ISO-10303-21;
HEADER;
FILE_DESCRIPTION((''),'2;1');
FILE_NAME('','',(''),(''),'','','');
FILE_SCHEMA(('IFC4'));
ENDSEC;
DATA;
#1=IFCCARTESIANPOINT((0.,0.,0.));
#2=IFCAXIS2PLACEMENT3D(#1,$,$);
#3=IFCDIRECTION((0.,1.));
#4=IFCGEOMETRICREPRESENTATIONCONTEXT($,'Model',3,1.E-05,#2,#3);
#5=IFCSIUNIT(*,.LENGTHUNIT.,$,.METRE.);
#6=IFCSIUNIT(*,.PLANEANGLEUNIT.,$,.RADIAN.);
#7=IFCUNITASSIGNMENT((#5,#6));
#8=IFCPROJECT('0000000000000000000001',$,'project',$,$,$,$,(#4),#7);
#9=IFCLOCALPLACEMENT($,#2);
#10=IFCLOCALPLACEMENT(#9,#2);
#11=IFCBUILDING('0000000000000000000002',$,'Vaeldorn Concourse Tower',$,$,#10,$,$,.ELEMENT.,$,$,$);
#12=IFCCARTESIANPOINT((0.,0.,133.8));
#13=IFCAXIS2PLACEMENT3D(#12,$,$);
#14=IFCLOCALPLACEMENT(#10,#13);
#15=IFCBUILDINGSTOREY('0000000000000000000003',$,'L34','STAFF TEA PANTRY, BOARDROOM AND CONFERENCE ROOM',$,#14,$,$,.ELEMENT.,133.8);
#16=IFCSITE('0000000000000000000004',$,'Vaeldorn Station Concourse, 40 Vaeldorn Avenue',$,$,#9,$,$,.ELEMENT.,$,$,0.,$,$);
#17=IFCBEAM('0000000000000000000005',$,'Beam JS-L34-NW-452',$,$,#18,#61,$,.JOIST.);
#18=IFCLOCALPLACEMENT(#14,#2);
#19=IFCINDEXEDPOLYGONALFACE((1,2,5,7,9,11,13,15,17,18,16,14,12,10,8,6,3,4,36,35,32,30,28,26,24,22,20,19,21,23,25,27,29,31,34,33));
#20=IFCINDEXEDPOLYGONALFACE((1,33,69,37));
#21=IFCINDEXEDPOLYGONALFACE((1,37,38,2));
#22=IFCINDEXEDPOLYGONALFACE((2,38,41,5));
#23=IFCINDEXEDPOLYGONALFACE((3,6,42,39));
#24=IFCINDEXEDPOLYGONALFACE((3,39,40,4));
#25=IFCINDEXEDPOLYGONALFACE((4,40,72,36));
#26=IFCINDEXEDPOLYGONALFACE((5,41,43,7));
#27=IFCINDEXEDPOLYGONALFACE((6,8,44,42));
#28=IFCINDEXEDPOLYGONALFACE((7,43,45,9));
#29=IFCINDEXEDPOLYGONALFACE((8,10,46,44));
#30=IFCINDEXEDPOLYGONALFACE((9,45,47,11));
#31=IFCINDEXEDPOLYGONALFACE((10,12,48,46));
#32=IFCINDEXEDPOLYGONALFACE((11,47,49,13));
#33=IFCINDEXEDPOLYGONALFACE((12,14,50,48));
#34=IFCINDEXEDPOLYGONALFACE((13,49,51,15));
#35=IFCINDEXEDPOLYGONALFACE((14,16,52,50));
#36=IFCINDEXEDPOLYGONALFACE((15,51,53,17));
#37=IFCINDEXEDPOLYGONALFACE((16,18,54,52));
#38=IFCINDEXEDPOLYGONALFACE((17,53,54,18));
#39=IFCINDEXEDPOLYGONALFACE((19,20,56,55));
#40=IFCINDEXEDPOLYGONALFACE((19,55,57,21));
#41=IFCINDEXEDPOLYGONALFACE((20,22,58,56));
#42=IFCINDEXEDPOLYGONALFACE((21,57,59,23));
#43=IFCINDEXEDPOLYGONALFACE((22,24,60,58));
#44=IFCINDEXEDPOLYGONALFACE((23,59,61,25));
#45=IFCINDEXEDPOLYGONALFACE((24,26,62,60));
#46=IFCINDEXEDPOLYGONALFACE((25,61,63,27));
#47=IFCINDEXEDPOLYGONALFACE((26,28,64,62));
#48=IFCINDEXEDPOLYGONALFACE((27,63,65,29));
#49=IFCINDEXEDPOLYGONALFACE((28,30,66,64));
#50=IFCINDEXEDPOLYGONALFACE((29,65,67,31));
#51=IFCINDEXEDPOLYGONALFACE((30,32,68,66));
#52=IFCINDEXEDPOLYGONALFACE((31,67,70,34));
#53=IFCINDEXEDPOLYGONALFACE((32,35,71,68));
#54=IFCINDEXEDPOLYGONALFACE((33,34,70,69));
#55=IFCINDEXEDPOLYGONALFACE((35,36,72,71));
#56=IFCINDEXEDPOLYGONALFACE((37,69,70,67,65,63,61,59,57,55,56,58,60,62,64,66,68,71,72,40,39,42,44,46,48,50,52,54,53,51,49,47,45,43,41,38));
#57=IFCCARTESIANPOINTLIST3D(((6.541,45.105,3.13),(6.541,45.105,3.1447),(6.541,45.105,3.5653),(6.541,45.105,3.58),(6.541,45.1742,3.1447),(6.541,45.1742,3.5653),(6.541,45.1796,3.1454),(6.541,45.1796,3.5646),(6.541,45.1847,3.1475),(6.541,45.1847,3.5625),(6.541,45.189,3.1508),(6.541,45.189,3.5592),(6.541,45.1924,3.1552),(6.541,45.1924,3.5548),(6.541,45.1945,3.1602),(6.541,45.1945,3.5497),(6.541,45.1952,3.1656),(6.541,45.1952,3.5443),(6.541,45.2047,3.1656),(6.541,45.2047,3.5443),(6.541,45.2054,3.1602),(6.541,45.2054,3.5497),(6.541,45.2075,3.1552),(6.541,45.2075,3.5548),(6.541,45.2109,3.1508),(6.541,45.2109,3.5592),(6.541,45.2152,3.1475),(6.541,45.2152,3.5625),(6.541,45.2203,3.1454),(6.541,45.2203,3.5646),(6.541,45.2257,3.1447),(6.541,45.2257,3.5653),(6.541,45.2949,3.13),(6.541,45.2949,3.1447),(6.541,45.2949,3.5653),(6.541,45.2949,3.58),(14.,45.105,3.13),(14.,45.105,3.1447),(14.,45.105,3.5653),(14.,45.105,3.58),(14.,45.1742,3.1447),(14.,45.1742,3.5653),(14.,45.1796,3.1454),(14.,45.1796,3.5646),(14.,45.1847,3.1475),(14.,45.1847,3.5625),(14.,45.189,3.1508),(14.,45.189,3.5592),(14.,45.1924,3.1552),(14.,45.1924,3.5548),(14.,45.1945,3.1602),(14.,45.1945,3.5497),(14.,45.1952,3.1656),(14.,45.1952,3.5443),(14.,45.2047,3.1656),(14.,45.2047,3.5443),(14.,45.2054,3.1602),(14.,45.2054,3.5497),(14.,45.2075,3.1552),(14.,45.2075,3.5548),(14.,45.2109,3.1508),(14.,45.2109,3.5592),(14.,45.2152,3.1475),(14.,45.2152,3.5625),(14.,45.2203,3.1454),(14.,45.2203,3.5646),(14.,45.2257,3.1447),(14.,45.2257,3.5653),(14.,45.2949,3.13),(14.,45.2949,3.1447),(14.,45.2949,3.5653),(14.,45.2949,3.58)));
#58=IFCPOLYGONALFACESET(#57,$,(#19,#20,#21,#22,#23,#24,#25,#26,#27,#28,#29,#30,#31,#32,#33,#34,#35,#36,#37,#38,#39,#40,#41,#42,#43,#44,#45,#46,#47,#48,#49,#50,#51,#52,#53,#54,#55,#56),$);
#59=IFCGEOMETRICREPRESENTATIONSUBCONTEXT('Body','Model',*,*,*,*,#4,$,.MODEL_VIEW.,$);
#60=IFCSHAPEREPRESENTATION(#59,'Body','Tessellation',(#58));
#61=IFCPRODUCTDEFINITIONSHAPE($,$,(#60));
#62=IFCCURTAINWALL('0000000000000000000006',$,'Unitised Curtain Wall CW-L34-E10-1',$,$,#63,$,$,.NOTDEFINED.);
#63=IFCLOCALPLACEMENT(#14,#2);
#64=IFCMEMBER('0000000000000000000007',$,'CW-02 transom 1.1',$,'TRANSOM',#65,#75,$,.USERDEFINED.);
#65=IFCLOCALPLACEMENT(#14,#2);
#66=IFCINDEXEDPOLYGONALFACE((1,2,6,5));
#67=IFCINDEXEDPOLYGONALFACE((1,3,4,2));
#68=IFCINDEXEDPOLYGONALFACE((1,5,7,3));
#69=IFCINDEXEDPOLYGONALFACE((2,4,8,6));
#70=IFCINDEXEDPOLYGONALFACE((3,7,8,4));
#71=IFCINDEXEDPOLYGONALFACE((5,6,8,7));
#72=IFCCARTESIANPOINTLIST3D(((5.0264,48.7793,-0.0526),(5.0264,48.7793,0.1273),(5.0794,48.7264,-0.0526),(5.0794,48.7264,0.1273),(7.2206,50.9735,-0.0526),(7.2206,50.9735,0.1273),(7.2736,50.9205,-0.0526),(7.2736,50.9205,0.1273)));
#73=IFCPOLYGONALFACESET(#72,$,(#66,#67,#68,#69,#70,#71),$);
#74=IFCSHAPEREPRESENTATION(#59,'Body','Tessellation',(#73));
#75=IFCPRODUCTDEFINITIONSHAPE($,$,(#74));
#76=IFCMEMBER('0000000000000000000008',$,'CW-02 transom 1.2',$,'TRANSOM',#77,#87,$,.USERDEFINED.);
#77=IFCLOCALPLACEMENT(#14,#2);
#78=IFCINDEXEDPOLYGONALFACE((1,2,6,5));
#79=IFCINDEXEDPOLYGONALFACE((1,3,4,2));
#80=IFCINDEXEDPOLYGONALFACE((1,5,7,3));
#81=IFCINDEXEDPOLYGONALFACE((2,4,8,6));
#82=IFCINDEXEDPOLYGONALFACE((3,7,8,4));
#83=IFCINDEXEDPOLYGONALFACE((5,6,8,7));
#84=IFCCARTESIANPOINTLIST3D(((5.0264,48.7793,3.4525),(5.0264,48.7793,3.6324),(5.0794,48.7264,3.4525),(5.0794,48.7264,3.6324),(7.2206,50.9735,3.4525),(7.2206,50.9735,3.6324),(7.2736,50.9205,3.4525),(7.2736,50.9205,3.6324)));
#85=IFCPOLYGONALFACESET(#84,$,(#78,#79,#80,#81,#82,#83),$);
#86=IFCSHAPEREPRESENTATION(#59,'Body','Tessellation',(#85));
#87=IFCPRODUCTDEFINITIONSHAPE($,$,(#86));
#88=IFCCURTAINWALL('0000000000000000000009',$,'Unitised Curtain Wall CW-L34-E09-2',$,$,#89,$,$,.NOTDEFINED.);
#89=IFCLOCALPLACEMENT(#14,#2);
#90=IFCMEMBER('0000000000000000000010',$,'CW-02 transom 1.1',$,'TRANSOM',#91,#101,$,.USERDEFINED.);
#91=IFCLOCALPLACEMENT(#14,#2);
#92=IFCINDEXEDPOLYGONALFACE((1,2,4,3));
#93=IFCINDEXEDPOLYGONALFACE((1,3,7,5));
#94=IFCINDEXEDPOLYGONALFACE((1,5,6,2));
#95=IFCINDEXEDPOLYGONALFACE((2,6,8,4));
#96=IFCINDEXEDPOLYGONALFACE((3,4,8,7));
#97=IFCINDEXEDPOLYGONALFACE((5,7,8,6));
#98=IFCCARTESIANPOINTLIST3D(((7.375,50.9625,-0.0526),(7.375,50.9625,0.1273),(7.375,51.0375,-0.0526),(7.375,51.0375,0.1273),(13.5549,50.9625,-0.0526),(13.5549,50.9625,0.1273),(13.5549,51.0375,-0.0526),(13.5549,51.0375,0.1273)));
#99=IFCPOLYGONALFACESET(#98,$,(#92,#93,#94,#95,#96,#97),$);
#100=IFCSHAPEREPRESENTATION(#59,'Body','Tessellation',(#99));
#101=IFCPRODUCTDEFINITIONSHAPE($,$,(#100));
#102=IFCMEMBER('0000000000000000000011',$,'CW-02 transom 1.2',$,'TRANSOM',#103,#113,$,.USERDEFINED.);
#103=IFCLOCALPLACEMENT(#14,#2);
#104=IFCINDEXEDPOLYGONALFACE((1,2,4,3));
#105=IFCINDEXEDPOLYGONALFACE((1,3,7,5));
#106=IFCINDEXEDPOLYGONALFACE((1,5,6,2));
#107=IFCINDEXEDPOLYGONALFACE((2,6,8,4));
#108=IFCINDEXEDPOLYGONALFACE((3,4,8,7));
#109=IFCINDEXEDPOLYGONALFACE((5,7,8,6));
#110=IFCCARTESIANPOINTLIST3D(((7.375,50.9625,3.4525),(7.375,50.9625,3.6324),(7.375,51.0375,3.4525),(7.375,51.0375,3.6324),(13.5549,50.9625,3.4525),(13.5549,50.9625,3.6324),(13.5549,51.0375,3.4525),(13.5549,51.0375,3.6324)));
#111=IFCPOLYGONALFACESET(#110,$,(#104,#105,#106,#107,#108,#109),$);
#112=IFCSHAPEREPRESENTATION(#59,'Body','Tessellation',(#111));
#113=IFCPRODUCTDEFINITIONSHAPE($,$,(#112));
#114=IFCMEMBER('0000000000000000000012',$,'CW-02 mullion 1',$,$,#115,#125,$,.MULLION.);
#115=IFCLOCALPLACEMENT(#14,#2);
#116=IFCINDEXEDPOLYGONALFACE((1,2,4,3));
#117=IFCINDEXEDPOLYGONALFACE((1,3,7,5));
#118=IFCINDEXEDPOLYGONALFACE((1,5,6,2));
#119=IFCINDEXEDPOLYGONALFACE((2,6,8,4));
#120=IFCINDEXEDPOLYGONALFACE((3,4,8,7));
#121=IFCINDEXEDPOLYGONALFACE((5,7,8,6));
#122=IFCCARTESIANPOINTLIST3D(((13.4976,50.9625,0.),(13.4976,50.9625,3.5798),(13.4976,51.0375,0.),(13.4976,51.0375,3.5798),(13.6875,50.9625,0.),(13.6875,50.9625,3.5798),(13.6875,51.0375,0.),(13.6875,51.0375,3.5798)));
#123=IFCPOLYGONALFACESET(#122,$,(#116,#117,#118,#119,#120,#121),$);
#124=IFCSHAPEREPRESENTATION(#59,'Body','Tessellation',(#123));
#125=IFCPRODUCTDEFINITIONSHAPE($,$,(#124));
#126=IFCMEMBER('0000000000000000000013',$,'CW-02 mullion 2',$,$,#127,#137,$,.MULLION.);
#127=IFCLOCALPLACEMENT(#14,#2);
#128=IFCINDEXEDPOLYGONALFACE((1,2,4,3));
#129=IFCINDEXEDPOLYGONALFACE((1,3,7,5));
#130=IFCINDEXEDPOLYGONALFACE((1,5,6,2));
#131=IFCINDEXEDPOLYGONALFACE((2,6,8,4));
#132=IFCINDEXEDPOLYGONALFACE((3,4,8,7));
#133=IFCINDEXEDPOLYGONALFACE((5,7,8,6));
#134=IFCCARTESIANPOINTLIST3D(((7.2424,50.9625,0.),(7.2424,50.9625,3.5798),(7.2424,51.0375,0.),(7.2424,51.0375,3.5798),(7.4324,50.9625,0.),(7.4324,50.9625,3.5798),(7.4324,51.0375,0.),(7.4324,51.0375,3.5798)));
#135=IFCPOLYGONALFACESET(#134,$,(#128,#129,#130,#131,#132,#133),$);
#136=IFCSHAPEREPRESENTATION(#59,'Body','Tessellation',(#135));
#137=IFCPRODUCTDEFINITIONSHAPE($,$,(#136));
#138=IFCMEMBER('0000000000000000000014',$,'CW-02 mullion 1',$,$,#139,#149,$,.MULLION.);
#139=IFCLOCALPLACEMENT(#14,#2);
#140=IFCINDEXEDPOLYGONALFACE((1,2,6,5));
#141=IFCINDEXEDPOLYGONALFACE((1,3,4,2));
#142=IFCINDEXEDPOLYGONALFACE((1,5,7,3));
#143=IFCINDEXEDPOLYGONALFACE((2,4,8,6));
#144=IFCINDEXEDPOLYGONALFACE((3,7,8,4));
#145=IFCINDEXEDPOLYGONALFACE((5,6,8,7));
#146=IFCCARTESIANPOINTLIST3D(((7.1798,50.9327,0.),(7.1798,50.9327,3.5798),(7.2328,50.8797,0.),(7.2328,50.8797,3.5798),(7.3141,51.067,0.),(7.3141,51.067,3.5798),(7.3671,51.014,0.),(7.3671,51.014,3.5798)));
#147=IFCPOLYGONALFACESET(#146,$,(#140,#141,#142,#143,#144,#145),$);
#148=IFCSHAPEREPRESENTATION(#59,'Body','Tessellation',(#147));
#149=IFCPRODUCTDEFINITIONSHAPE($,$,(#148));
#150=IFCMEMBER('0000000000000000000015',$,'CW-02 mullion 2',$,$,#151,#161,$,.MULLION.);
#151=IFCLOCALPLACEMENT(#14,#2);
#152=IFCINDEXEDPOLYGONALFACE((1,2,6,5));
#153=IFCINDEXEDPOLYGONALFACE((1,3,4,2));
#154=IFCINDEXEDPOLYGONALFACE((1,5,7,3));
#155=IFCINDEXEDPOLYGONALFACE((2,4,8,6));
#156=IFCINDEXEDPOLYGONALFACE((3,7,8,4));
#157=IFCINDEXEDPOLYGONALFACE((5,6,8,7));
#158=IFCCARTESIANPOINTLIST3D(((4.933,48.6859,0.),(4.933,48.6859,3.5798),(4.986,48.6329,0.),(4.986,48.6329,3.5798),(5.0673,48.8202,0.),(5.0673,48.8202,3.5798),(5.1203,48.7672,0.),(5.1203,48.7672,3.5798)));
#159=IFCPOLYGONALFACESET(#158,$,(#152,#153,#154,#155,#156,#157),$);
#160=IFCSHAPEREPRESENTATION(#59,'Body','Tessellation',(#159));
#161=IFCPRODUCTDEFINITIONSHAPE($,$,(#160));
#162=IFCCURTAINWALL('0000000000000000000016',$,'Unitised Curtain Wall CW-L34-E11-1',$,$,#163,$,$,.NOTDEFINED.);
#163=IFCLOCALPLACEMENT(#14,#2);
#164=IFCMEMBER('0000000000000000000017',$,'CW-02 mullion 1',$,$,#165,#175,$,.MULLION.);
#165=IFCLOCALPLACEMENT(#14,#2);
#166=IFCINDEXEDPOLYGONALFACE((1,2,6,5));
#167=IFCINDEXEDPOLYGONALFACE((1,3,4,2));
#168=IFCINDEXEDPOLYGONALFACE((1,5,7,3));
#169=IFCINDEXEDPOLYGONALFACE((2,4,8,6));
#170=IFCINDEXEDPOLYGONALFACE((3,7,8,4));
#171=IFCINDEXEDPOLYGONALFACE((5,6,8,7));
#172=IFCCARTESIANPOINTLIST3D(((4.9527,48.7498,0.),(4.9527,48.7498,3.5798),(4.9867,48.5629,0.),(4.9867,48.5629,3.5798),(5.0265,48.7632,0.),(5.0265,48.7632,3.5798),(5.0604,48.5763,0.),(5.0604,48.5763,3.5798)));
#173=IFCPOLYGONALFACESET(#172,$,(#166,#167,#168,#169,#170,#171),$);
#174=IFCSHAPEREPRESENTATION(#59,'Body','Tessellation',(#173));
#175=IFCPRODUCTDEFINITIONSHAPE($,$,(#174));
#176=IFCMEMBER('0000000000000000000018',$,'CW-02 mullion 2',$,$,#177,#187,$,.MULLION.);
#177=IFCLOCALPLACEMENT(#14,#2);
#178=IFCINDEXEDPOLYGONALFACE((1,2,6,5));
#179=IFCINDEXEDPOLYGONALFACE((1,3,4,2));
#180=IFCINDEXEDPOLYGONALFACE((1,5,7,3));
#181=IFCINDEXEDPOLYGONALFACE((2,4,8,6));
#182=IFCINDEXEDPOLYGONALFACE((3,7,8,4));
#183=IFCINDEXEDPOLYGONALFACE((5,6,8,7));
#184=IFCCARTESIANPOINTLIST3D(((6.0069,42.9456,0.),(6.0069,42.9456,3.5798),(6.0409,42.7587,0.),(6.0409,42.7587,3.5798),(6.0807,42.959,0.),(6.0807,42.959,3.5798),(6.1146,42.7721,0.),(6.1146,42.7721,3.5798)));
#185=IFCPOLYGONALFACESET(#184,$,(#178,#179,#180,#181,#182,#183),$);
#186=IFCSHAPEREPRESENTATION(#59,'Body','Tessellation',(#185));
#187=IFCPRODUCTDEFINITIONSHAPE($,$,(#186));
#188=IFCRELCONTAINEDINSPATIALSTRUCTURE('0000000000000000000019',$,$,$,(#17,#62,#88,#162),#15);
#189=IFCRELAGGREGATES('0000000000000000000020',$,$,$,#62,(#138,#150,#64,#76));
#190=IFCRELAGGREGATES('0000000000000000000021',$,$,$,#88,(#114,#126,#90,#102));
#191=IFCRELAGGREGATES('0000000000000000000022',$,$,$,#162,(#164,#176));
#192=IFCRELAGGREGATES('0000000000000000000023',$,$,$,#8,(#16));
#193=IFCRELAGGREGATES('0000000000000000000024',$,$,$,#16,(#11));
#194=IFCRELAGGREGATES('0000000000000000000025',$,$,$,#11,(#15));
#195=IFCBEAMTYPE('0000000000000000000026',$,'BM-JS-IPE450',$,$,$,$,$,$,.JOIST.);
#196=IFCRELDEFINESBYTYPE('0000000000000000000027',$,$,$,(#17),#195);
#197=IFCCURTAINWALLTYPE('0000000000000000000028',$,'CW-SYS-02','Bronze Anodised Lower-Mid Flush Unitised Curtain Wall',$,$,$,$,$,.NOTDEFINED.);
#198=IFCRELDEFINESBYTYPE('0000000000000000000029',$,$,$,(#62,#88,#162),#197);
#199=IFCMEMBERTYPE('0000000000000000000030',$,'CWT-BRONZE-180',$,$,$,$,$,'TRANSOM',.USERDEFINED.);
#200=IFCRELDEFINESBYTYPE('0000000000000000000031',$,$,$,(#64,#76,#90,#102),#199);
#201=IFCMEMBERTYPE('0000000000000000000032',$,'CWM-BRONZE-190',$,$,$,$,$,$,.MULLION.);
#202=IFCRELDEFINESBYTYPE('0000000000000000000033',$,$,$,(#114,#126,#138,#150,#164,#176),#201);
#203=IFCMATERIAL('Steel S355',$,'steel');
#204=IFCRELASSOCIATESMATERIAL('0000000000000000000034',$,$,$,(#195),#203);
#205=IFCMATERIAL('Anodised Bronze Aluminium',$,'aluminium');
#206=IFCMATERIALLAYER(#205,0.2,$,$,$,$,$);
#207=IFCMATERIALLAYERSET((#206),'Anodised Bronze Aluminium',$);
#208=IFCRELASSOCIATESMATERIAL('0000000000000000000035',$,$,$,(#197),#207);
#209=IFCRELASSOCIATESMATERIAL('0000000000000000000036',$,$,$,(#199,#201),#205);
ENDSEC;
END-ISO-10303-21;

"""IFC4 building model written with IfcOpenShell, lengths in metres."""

from ifc_helpers import new_model, si_unit, direction, frame, origin, origin_2d, place, context, subcontext, project, spatial, rectangle, i_section, extrude, source, transform, mapped, material, layer, layer_set, material_profile, profile_set, type_object, element, aggregate, save


model = new_model("IFC4")

# Units and contexts
model_context = context("Model", 3, precision=1e-05, world=origin(), true_north=direction((0.0, 1.0)))
body_context = subcontext(model_context, "Body", "Model", "MODEL_VIEW")
ifc_project = project(units=[si_unit("LENGTHUNIT", "METRE"), si_unit("PLANEANGLEUNIT", "RADIAN")], contexts=[model_context])

# Site, building, storey
site_placement = place(None, origin())
site = spatial("IfcSite", under=ifc_project, at=site_placement, Name="Vaeldorn Station Concourse, 40 Vaeldorn Avenue", CompositionType="ELEMENT", RefElevation=0.0)
building_placement = place(site_placement, origin())
building = spatial("IfcBuilding", under=site, at=building_placement, Name="Vaeldorn Concourse Tower", CompositionType="ELEMENT")
storey_placement = place(building_placement, frame((0.0, 0.0, 133.8)))
storey = spatial("IfcBuildingStorey", under=building, at=storey_placement, Name="L34", Description="STAFF TEA PANTRY, BOARDROOM AND CONFERENCE ROOM", CompositionType="ELEMENT", Elevation=133.8)

# Beam
ifc_material_1 = material(Name="Steel S355", Category="steel")
ifc_material_profile_1 = material_profile(ifc_material_1, i_section(OverallWidth=0.1899, OverallDepth=0.45, WebThickness=0.0095, FlangeThickness=0.0146, FilletRadius=0.021, at=origin_2d()), Name="IPE 450")
ifc_profile_set_1 = profile_set([ifc_material_profile_1], Name="Steel S355")
beam_type_1 = type_object("IfcBeamType", Name="BM-JS-IPE450", PredefinedType="JOIST", material=ifc_profile_set_1)
shared_shape_1 = source(origin(), body_context, "Body", "SweptSolid", [
    extrude(i_section(OverallWidth=0.1899, OverallDepth=0.45, WebThickness=0.0095, FlangeThickness=0.0146, FilletRadius=0.021, at=origin_2d()), origin(), (0.0, 0.0, 1.0), 7.459),
])
beam_1_placement = place(storey_placement, frame((6.541, 45.2, 3.355), z_axis=(1.0, 0.0, 0.0), x_axis=(0.0, 1.0, 0.0)))
element("IfcBeam", 1, at=beam_1_placement, inside=storey, type_object=beam_type_1, Name="Beam JS-L34-NW-452", PredefinedType="JOIST", context=body_context, shape_type="MappedRepresentation", body=[
    mapped(shared_shape_1, transform((0.0, 0.0, 0.0), scale=1.0)),
])

# Curtain walls, members
ifc_material_2 = material(Name="Anodised Bronze Aluminium", Category="aluminium")
ifc_layer_1 = layer(ifc_material_2, 0.2)
ifc_layer_set_1 = layer_set([ifc_layer_1], Name="Anodised Bronze Aluminium")
curtain_wall_type = type_object("IfcCurtainWallType", Name="CW-SYS-02", Description="Bronze Anodised Lower-Mid Flush Unitised Curtain Wall", PredefinedType="NOTDEFINED", material=ifc_layer_set_1)
curtain_wall_1_placement = place(storey_placement, origin())
curtain_wall_1 = element("IfcCurtainWall", 2, at=curtain_wall_1_placement, inside=storey, type_object=curtain_wall_type, Name="Unitised Curtain Wall CW-L34-E10-1", PredefinedType="NOTDEFINED")
ifc_material_profile_2 = material_profile(ifc_material_2, rectangle(XDim=0.075, YDim=0.1799, at=origin_2d()), Name="CWT 75x180")
ifc_profile_set_2 = profile_set([ifc_material_profile_2], Name="Anodised Bronze Aluminium")
member_type_1 = type_object("IfcMemberType", Name="CWT-BRONZE-180", ElementType="TRANSOM", PredefinedType="USERDEFINED", material=ifc_profile_set_2)
shared_shape_2 = source(origin(), body_context, "Body", "SweptSolid", [
    extrude(rectangle(XDim=0.075, YDim=0.1799, at=origin_2d()), origin(), (0.0, 0.0, 1.0), 3.103),
])
member_1_placement = place(storey_placement, frame((7.2471, 50.947, 0.0374), z_axis=(-0.707107, -0.707107, 0.0), x_axis=(0.707107, -0.707107, 0.0)))
member_1 = element("IfcMember", 3, at=member_1_placement, type_object=member_type_1, Name="CW-02 transom 1.1", ObjectType="TRANSOM", PredefinedType="USERDEFINED", context=body_context, shape_type="MappedRepresentation", body=[
    mapped(shared_shape_2, transform((0.0, 0.0, 0.0), scale=1.0)),
])
member_2_placement = place(storey_placement, frame((7.2471, 50.947, 3.5425), z_axis=(-0.707107, -0.707107, 0.0), x_axis=(0.707107, -0.707107, 0.0)))
member_2 = element("IfcMember", 4, at=member_2_placement, type_object=member_type_1, Name="CW-02 transom 1.2", ObjectType="TRANSOM", PredefinedType="USERDEFINED", context=body_context, shape_type="MappedRepresentation", body=[
    mapped(shared_shape_2, transform((0.0, 0.0, 0.0), scale=1.0)),
])
curtain_wall_2_placement = place(storey_placement, origin())
curtain_wall_2 = element("IfcCurtainWall", 5, at=curtain_wall_2_placement, inside=storey, type_object=curtain_wall_type, Name="Unitised Curtain Wall CW-L34-E09-2", PredefinedType="NOTDEFINED")
shared_shape_3 = source(origin(), body_context, "Body", "SweptSolid", [
    extrude(rectangle(XDim=0.075, YDim=0.1799, at=origin_2d()), origin(), (0.0, 0.0, 1.0), 6.1799),
])
member_3_placement = place(storey_placement, frame((13.5549, 51.0, 0.0374), z_axis=(-1.0, 0.0, 0.0), x_axis=(0.0, -1.0, 0.0)))
member_3 = element("IfcMember", 6, at=member_3_placement, type_object=member_type_1, Name="CW-02 transom 1.1", ObjectType="TRANSOM", PredefinedType="USERDEFINED", context=body_context, shape_type="MappedRepresentation", body=[
    mapped(shared_shape_3, transform((0.0, 0.0, 0.0), scale=1.0)),
])
member_4_placement = place(storey_placement, frame((13.5549, 51.0, 3.5425), z_axis=(-1.0, 0.0, 0.0), x_axis=(0.0, -1.0, 0.0)))
member_4 = element("IfcMember", 7, at=member_4_placement, type_object=member_type_1, Name="CW-02 transom 1.2", ObjectType="TRANSOM", PredefinedType="USERDEFINED", context=body_context, shape_type="MappedRepresentation", body=[
    mapped(shared_shape_3, transform((0.0, 0.0, 0.0), scale=1.0)),
])
ifc_material_profile_3 = material_profile(ifc_material_2, rectangle(XDim=0.075, YDim=0.1899, at=origin_2d()), Name="CWM 75x190")
ifc_profile_set_3 = profile_set([ifc_material_profile_3], Name="Anodised Bronze Aluminium")
member_type_2 = type_object("IfcMemberType", Name="CWM-BRONZE-190", PredefinedType="MULLION", material=ifc_profile_set_3)
shared_shape_4 = source(origin(), body_context, "Body", "SweptSolid", [
    extrude(rectangle(XDim=0.075, YDim=0.1899, at=origin_2d()), origin(), (0.0, 0.0, 1.0), 3.5798),
])
member_5_placement = place(storey_placement, frame((13.5925, 51.0, 0.0), z_axis=(0.0, 0.0, 1.0), x_axis=(0.0, -1.0, 0.0)))
member_5 = element("IfcMember", 8, at=member_5_placement, type_object=member_type_2, Name="CW-02 mullion 1", PredefinedType="MULLION", context=body_context, shape_type="MappedRepresentation", body=[
    mapped(shared_shape_4, transform((0.0, 0.0, 0.0), scale=1.0)),
])
member_6_placement = place(storey_placement, frame((7.3374, 51.0, 0.0), z_axis=(0.0, 0.0, 1.0), x_axis=(0.0, -1.0, 0.0)))
member_6 = element("IfcMember", 9, at=member_6_placement, type_object=member_type_2, Name="CW-02 mullion 2", PredefinedType="MULLION", context=body_context, shape_type="MappedRepresentation", body=[
    mapped(shared_shape_4, transform((0.0, 0.0, 0.0), scale=1.0)),
])

# Members
member_7_placement = place(storey_placement, frame((7.2734, 50.9734, 0.0), z_axis=(0.0, 0.0, 1.0), x_axis=(0.707107, -0.707107, 0.0)))
member_7 = element("IfcMember", 10, at=member_7_placement, type_object=member_type_2, Name="CW-02 mullion 1", PredefinedType="MULLION", context=body_context, shape_type="MappedRepresentation", body=[
    mapped(shared_shape_4, transform((0.0, 0.0, 0.0), scale=1.0)),
])
member_8_placement = place(storey_placement, frame((5.0266, 48.7266, 0.0), z_axis=(0.0, 0.0, 1.0), x_axis=(0.707107, -0.707107, 0.0)))
member_8 = element("IfcMember", 11, at=member_8_placement, type_object=member_type_2, Name="CW-02 mullion 2", PredefinedType="MULLION", context=body_context, shape_type="MappedRepresentation", body=[
    mapped(shared_shape_4, transform((0.0, 0.0, 0.0), scale=1.0)),
])

# Curtain wall, members
curtain_wall_3_placement = place(storey_placement, origin())
curtain_wall_3 = element("IfcCurtainWall", 12, at=curtain_wall_3_placement, inside=storey, type_object=curtain_wall_type, Name="Unitised Curtain Wall CW-L34-E11-1", PredefinedType="NOTDEFINED")
member_9_placement = place(storey_placement, frame((5.0066, 48.6631, 0.0), z_axis=(0.0, 0.0, 1.0), x_axis=(0.983905, 0.17869, 0.0)))
member_9 = element("IfcMember", 13, at=member_9_placement, type_object=member_type_2, Name="CW-02 mullion 1", PredefinedType="MULLION", context=body_context, shape_type="MappedRepresentation", body=[
    mapped(shared_shape_4, transform((0.0, 0.0, 0.0), scale=1.0)),
])
member_10_placement = place(storey_placement, frame((6.0608, 42.8589, 0.0), z_axis=(0.0, 0.0, 1.0), x_axis=(0.983905, 0.17869, 0.0)))
member_10 = element("IfcMember", 14, at=member_10_placement, type_object=member_type_2, Name="CW-02 mullion 2", PredefinedType="MULLION", context=body_context, shape_type="MappedRepresentation", body=[
    mapped(shared_shape_4, transform((0.0, 0.0, 0.0), scale=1.0)),
])

aggregate(curtain_wall_1, [member_7, member_8, member_1, member_2])
aggregate(curtain_wall_2, [member_5, member_6, member_3, member_4])
aggregate(curtain_wall_3, [member_9, member_10])

save(model, "model.ifc")
